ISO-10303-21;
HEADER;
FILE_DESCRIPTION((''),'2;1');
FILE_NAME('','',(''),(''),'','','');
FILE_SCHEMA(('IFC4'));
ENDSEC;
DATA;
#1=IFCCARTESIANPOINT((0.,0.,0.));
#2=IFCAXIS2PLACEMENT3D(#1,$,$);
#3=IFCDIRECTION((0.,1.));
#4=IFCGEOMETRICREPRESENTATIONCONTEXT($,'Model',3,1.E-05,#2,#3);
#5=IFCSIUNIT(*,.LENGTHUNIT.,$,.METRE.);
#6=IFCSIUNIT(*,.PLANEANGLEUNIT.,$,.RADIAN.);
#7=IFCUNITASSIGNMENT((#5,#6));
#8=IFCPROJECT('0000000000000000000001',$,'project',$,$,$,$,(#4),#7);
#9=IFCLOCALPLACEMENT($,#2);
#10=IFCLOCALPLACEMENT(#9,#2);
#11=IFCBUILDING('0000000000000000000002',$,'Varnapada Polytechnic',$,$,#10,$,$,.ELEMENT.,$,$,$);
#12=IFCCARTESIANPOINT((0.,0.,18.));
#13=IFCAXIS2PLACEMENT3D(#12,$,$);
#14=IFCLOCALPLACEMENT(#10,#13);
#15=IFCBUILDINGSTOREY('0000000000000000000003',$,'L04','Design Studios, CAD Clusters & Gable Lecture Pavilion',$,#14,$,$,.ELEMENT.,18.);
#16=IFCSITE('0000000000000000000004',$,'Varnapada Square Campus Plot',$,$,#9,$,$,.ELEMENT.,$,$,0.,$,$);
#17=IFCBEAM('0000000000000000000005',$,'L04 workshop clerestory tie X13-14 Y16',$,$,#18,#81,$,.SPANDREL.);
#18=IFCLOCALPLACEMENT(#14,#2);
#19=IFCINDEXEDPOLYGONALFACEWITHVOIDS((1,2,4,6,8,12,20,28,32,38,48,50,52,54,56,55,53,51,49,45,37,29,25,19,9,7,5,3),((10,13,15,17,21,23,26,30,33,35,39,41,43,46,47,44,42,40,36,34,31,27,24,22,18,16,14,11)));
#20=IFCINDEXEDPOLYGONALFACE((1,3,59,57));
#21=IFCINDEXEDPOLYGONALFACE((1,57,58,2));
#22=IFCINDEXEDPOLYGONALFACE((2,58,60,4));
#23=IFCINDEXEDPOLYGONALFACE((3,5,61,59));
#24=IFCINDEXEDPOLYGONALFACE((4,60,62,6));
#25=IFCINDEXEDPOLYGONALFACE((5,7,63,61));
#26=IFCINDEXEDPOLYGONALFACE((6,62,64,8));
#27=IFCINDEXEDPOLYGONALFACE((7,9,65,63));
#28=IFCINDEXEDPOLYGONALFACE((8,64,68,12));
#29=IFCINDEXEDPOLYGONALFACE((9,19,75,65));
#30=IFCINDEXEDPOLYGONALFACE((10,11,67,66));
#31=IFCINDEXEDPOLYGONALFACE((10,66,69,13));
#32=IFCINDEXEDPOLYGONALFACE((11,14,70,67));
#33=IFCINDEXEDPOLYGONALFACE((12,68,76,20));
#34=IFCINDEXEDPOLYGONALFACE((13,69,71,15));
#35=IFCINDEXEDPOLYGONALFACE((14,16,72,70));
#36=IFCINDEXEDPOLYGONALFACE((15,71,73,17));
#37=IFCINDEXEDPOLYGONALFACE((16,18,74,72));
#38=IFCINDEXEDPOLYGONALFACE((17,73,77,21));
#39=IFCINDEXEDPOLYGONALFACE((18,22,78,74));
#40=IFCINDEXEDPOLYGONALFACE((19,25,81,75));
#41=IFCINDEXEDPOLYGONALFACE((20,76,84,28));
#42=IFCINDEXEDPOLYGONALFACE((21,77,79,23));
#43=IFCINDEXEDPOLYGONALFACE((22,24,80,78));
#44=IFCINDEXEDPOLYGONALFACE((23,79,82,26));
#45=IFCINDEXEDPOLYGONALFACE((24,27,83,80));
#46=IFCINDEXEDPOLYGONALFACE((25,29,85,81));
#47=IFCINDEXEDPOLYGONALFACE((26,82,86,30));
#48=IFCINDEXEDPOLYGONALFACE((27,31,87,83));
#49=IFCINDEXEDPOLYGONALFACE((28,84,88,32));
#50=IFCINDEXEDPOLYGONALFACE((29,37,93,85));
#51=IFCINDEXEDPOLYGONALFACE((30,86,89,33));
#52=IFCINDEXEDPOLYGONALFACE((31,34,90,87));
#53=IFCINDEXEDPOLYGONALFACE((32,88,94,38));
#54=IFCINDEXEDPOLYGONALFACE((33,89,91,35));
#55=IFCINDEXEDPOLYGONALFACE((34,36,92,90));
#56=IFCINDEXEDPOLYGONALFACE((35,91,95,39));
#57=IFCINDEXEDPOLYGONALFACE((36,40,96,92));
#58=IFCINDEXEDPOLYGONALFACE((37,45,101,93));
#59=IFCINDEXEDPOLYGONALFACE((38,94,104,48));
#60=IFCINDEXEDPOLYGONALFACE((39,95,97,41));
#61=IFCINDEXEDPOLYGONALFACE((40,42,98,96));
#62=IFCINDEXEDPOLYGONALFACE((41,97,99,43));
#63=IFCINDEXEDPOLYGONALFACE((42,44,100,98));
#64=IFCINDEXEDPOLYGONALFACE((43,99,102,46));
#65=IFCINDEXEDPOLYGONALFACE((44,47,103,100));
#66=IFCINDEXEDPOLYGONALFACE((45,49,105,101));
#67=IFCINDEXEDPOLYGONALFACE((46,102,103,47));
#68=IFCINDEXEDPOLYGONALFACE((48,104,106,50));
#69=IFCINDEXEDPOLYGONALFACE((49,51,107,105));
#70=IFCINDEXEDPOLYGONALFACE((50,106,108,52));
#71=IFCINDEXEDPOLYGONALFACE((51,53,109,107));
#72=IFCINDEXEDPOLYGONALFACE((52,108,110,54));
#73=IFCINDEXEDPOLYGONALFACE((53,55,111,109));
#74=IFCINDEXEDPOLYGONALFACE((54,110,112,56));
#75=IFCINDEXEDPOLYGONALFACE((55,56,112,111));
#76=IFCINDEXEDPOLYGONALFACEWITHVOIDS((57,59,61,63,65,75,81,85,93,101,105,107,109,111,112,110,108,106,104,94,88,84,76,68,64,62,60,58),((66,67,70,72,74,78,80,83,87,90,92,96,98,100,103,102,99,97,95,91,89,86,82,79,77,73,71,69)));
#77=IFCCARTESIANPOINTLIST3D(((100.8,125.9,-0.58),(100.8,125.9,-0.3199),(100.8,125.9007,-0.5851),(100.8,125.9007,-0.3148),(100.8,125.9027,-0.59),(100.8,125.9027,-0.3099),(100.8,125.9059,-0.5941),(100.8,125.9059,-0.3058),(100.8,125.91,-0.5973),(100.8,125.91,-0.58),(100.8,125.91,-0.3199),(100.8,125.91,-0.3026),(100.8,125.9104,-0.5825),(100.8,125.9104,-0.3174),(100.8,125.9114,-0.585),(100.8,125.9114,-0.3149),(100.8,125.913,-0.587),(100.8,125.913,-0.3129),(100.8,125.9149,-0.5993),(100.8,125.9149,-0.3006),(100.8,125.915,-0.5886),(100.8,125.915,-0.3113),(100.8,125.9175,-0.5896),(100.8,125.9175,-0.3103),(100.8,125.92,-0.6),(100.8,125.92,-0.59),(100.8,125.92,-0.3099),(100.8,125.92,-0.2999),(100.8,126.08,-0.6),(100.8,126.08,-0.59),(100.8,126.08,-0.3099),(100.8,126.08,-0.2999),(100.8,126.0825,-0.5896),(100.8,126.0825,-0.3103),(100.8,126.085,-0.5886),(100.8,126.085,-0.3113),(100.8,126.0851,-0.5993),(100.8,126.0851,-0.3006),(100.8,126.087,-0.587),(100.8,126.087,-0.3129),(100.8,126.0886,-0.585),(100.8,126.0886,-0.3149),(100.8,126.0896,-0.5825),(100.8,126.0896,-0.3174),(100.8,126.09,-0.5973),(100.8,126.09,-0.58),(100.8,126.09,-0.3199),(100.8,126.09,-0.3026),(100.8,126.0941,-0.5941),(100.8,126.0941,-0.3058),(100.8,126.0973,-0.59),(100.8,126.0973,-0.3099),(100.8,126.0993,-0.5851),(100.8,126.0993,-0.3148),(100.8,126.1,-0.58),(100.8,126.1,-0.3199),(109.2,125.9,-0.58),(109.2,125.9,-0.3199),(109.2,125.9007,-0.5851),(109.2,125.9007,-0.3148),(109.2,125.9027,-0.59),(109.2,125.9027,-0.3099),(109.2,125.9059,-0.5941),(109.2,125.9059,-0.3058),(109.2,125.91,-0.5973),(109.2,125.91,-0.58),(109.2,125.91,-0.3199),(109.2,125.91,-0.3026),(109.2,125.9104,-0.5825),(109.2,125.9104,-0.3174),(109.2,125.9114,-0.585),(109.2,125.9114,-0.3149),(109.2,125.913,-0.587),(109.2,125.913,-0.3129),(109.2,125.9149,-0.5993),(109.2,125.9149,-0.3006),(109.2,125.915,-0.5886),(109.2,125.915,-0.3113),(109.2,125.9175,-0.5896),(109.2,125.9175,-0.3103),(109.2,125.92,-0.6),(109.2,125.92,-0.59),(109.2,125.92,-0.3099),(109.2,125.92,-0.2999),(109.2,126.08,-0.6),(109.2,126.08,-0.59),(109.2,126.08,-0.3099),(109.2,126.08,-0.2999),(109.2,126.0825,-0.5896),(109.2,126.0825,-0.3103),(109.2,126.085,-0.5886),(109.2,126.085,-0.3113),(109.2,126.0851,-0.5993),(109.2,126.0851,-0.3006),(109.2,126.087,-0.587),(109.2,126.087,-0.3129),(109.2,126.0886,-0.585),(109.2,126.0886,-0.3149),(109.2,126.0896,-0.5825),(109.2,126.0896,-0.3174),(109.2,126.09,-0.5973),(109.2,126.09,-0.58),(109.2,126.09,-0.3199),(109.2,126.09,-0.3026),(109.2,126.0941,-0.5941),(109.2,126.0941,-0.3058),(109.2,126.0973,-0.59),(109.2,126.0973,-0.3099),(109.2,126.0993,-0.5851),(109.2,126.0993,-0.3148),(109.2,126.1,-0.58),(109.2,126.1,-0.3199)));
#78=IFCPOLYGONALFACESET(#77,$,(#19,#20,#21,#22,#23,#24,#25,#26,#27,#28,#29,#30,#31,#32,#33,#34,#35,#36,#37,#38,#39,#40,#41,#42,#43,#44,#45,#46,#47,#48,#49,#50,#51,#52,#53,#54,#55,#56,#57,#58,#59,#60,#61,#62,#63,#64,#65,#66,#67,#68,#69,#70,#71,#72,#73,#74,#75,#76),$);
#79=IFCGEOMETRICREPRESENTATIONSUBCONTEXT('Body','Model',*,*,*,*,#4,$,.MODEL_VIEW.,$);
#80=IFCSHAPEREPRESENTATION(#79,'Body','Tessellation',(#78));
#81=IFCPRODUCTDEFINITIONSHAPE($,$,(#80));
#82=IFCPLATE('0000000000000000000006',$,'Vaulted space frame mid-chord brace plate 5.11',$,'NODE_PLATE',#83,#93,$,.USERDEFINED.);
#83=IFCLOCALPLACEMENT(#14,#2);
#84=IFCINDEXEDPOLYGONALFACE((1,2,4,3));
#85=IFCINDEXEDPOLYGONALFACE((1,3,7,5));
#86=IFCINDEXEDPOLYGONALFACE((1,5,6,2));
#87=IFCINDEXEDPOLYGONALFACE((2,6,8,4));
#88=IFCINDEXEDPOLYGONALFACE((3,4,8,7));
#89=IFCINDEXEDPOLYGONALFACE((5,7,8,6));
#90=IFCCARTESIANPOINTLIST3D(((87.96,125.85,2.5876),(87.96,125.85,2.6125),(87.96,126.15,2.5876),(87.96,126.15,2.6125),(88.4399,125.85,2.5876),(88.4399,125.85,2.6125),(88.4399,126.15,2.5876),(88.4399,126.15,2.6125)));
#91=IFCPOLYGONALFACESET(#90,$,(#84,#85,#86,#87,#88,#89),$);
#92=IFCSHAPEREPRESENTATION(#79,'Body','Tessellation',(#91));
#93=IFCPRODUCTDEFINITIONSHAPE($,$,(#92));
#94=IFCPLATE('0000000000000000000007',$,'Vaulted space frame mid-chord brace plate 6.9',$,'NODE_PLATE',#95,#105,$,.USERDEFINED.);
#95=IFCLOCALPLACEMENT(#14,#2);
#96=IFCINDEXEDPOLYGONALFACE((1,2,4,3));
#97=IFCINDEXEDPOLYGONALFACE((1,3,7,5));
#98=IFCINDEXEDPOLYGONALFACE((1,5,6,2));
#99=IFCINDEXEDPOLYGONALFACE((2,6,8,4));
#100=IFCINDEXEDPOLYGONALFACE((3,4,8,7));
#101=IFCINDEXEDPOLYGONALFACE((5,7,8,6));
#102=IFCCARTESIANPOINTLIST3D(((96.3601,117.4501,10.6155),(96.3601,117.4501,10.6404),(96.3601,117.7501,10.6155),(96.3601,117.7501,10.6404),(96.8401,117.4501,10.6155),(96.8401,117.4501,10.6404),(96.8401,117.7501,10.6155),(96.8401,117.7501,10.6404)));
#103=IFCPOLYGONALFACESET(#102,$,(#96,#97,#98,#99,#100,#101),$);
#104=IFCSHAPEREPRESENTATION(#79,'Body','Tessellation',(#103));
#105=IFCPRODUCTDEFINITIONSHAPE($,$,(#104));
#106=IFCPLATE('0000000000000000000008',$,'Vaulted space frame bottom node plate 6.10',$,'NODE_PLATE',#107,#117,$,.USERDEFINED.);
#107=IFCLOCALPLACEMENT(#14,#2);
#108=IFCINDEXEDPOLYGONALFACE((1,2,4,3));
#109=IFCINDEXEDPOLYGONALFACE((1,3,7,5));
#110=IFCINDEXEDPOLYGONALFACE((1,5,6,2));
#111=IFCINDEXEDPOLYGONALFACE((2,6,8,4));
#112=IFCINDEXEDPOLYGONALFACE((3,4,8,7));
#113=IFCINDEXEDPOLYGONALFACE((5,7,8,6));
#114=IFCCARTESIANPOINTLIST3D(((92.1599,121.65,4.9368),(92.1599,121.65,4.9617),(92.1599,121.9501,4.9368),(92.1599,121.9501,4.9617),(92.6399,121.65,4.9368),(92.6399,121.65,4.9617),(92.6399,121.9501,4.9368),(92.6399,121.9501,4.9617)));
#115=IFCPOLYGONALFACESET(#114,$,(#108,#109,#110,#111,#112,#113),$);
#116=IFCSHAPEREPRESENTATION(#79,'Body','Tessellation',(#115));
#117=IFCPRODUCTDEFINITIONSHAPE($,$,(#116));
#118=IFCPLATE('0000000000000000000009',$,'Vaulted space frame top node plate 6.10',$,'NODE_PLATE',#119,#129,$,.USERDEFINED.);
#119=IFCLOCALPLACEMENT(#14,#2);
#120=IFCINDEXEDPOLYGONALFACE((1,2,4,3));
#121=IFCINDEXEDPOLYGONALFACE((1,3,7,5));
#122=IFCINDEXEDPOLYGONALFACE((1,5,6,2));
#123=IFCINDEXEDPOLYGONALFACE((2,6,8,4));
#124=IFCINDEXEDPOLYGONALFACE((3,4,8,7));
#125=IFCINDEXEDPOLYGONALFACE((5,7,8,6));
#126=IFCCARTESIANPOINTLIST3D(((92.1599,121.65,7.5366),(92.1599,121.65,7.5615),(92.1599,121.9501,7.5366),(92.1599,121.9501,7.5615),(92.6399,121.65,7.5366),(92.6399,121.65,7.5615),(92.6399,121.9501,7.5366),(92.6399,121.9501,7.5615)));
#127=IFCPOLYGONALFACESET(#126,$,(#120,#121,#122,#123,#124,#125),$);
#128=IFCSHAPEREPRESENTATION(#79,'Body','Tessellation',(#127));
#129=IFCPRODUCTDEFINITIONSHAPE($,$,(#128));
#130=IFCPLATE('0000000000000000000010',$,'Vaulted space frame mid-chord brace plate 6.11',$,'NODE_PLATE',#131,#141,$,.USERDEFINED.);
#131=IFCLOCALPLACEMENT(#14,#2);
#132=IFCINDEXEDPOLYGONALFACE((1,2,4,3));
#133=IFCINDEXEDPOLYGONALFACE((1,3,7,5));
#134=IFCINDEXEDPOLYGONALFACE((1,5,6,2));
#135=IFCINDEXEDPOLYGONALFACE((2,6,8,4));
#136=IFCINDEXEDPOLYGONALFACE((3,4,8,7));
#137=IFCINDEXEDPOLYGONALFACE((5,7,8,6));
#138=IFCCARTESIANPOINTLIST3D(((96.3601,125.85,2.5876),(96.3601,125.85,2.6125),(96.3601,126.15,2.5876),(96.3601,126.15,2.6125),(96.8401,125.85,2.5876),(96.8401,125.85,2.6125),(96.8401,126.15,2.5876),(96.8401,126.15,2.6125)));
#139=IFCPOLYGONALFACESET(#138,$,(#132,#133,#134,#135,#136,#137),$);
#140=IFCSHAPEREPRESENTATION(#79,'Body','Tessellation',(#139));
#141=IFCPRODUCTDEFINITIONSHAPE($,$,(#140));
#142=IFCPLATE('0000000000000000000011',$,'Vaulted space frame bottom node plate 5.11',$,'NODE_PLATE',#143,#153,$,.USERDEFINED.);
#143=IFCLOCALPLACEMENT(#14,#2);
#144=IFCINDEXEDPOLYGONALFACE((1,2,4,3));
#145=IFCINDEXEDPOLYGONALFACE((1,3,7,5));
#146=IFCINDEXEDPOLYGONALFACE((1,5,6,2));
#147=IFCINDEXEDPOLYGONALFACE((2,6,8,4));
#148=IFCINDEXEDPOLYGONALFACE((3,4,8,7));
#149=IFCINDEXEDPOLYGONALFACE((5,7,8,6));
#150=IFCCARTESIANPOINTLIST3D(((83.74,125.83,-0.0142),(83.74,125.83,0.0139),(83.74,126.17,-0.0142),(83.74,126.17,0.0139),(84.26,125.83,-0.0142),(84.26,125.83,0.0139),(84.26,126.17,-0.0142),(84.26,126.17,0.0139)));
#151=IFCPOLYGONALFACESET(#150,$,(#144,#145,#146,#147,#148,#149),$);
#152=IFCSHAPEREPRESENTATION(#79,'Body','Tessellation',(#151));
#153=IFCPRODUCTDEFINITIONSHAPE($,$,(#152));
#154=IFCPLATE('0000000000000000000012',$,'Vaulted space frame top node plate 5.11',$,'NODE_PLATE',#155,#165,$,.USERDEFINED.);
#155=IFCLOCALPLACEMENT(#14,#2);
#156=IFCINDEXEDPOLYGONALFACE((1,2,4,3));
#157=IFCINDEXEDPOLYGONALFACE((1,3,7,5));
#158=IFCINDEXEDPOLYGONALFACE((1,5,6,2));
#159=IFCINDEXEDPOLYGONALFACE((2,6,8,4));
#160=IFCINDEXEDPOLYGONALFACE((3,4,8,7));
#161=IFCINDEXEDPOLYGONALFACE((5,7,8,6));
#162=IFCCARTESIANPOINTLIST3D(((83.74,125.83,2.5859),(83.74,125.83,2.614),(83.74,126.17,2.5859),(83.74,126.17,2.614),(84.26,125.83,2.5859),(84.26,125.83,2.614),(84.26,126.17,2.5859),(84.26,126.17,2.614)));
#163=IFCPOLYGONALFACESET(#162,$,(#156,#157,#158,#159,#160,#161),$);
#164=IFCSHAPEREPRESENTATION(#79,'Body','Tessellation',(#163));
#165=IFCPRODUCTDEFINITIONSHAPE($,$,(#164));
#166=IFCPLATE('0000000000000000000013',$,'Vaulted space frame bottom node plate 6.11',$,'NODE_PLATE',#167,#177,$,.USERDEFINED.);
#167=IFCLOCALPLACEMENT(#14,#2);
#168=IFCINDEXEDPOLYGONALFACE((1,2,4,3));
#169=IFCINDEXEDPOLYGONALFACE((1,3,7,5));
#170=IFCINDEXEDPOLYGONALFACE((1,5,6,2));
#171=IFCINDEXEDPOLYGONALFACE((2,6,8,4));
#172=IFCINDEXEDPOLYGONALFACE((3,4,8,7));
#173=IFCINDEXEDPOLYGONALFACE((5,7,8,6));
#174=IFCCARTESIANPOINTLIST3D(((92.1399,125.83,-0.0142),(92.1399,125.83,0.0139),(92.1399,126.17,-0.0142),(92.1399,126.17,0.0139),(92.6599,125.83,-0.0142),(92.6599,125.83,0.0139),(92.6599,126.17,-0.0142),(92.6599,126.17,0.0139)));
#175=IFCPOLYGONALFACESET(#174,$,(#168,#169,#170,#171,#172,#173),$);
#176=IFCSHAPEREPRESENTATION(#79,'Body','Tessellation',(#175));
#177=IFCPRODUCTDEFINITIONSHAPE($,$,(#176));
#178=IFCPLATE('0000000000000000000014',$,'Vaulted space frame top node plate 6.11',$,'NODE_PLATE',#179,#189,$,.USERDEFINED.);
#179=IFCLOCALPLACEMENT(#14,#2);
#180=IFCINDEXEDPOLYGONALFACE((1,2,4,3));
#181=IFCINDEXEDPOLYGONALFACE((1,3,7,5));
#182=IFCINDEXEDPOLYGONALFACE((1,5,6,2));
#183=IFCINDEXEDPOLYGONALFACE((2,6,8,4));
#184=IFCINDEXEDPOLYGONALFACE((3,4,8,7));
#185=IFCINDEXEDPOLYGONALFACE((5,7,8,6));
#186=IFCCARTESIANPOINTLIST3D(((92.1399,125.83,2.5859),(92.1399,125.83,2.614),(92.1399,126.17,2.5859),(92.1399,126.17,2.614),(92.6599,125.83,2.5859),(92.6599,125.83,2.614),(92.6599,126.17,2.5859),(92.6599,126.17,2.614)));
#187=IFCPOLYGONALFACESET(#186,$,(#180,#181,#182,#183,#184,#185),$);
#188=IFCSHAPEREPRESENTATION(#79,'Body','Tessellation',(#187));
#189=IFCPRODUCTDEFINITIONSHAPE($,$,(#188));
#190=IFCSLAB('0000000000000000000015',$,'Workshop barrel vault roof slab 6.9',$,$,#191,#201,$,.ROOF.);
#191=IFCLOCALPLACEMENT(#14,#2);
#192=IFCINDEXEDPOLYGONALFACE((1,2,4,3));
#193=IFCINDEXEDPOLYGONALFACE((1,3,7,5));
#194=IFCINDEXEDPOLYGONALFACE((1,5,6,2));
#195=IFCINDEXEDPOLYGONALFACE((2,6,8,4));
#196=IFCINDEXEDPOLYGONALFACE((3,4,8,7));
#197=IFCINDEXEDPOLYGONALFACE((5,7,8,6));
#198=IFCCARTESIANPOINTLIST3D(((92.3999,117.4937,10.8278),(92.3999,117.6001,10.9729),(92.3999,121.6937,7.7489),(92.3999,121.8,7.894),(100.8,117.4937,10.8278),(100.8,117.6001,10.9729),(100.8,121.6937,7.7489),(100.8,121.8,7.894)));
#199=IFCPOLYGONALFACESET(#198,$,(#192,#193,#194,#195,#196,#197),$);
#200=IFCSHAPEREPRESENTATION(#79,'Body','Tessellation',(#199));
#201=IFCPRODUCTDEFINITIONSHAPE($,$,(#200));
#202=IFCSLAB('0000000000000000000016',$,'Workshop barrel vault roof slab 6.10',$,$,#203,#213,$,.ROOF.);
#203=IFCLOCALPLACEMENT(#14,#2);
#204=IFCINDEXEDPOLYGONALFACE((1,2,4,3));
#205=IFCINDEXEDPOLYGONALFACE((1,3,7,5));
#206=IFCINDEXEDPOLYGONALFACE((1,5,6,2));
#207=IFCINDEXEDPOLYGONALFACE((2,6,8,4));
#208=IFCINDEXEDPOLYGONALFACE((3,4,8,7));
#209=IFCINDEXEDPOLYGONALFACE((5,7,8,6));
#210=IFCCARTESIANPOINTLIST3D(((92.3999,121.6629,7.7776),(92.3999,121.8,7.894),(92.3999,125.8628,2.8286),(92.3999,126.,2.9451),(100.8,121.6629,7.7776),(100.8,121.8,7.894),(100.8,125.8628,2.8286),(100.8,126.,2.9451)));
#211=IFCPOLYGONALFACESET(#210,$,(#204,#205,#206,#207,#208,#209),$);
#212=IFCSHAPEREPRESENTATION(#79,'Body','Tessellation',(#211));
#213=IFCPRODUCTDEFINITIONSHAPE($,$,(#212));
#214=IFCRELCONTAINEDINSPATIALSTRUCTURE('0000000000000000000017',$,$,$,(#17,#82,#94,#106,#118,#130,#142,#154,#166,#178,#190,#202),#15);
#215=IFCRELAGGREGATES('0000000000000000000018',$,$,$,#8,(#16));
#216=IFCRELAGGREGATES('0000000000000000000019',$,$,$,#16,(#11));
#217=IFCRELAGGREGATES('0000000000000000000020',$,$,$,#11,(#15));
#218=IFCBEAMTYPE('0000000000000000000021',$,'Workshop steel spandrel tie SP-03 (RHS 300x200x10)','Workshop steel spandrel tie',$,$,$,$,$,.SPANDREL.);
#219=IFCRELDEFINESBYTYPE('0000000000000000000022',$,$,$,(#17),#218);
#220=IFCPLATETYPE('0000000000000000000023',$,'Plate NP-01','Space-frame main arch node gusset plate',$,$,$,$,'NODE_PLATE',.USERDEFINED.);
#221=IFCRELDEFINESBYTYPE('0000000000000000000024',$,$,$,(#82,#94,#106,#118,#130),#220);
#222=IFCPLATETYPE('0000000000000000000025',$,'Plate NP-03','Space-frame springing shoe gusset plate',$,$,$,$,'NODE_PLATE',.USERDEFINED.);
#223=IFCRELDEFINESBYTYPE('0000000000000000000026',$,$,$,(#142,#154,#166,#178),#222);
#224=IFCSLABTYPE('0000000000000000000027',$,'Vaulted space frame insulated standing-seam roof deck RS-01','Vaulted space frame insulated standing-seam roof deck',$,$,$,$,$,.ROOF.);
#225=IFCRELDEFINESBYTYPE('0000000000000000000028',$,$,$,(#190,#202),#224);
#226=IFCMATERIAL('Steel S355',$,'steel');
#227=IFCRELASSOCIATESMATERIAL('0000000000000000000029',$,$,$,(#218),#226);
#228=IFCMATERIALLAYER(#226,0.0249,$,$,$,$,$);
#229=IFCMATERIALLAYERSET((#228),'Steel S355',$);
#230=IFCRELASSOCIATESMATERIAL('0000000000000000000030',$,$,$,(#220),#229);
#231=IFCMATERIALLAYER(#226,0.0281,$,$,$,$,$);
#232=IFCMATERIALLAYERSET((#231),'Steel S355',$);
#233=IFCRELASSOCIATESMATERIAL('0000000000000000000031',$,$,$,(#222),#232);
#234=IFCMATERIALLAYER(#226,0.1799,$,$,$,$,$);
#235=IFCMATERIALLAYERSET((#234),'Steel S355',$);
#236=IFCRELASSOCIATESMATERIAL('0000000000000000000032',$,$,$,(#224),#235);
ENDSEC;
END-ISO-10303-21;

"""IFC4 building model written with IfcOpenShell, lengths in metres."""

from ifc_helpers import new_model, si_unit, direction, frame, origin, origin_2d, place, context, subcontext, project, spatial, polyline, rectangle, hollow_rectangle, outline, extrude, material, layer, layer_set, material_profile, profile_set, type_object, element, save


model = new_model("IFC4")

# Units and contexts
model_context = context("Model", 3, precision=1e-05, world=origin(), true_north=direction((0.0, 1.0)))
body_context = subcontext(model_context, "Body", "Model", "MODEL_VIEW")
ifc_project = project(units=[si_unit("LENGTHUNIT", "METRE"), si_unit("PLANEANGLEUNIT", "RADIAN")], contexts=[model_context])

# Site, building, storey
site_placement = place(None, origin())
site = spatial("IfcSite", under=ifc_project, at=site_placement, Name="Varnapada Square Campus Plot", CompositionType="ELEMENT", RefElevation=0.0)
building_placement = place(site_placement, origin())
building = spatial("IfcBuilding", under=site, at=building_placement, Name="Varnapada Polytechnic", CompositionType="ELEMENT")
storey_placement = place(building_placement, frame((0.0, 0.0, 18.0)))
storey = spatial("IfcBuildingStorey", under=building, at=storey_placement, Name="L04", Description="Design Studios, CAD Clusters & Gable Lecture Pavilion", CompositionType="ELEMENT", Elevation=18.0)

# Shared definitions
ifc_material = material(Name="Steel S355", Category="steel")

# Beam
ifc_material_profile_1 = material_profile(ifc_material, hollow_rectangle(XDim=0.2, YDim=0.3, WallThickness=0.01, InnerFilletRadius=0.01, OuterFilletRadius=0.02, at=origin_2d()), Name="RHS 300x200x10")
ifc_profile_set_1 = profile_set([ifc_material_profile_1], Name="Steel S355")
beam_type_1 = type_object("IfcBeamType", Name="Workshop steel spandrel tie SP-03 (RHS 300x200x10)", Description="Workshop steel spandrel tie", PredefinedType="SPANDREL", material=ifc_profile_set_1)
beam_1_placement = place(storey_placement, frame((100.8, 126.0, -0.45), z_axis=(1.0, 0.0, 0.0), x_axis=(0.0, 1.0, 0.0)))
element("IfcBeam", 1, at=beam_1_placement, inside=storey, type_object=beam_type_1, Name="L04 workshop clerestory tie X13-14 Y16", PredefinedType="SPANDREL", context=body_context, shape_type="SweptSolid", body=[
    extrude(hollow_rectangle(XDim=0.2, YDim=0.3, WallThickness=0.01, InnerFilletRadius=0.01, OuterFilletRadius=0.02, at=origin_2d()), origin(), (0.0, 0.0, 1.0), 8.3999),
])

# Plates
ifc_layer_1 = layer(ifc_material, 0.0249)
ifc_layer_set_1 = layer_set([ifc_layer_1], Name="Steel S355")
plate_type_1 = type_object("IfcPlateType", Name="Plate NP-01", Description="Space-frame main arch node gusset plate", ElementType="NODE_PLATE", PredefinedType="USERDEFINED", material=ifc_layer_set_1)
for number, where, z_axis, x_axis, name in (
    (2, (88.2, 126.0, 2.5876), (0.0, 0.0, 1.0), (1.0, 0.0, 0.0), "Vaulted space frame mid-chord brace plate 5.11"),
    (3, (96.6001, 117.6001, 10.6155), (0.0, 0.0, 1.0), (1.0, 0.0, 0.0), "Vaulted space frame mid-chord brace plate 6.9"),
    (4, (92.3999, 121.8, 4.9368), (0.0, 0.0, 1.0), (1.0, 0.0, 0.0), "Vaulted space frame bottom node plate 6.10"),
    (5, (92.3999, 121.8, 7.5366), (0.0, 0.0, 1.0), (1.0, 0.0, 0.0), "Vaulted space frame top node plate 6.10"),
    (6, (96.6001, 126.0, 2.5876), (0.0, 0.0, 1.0), (1.0, 0.0, 0.0), "Vaulted space frame mid-chord brace plate 6.11"),
):
    element("IfcPlate", number, at=place(storey_placement, frame(where, z_axis=z_axis, x_axis=x_axis)), inside=storey, type_object=plate_type_1, Name=name, ObjectType="NODE_PLATE", PredefinedType="USERDEFINED", context=body_context, shape_type="SweptSolid", body=[
        extrude(rectangle(XDim=0.48, YDim=0.3, at=origin_2d()), origin(), (0.0, 0.0, 1.0), 0.0249),
    ])
ifc_layer_2 = layer(ifc_material, 0.0281)
ifc_layer_set_2 = layer_set([ifc_layer_2], Name="Steel S355")
plate_type_2 = type_object("IfcPlateType", Name="Plate NP-03", Description="Space-frame springing shoe gusset plate", ElementType="NODE_PLATE", PredefinedType="USERDEFINED", material=ifc_layer_set_2)
for number, where, z_axis, x_axis, name in (
    (7, (84.0, 126.0, -0.0142), (0.0, 0.0, 1.0), (1.0, 0.0, 0.0), "Vaulted space frame bottom node plate 5.11"),
    (8, (84.0, 126.0, 2.5859), (0.0, 0.0, 1.0), (1.0, 0.0, 0.0), "Vaulted space frame top node plate 5.11"),
    (9, (92.3999, 126.0, -0.0142), (0.0, 0.0, 1.0), (1.0, 0.0, 0.0), "Vaulted space frame bottom node plate 6.11"),
    (10, (92.3999, 126.0, 2.5859), (0.0, 0.0, 1.0), (1.0, 0.0, 0.0), "Vaulted space frame top node plate 6.11"),
):
    element("IfcPlate", number, at=place(storey_placement, frame(where, z_axis=z_axis, x_axis=x_axis)), inside=storey, type_object=plate_type_2, Name=name, ObjectType="NODE_PLATE", PredefinedType="USERDEFINED", context=body_context, shape_type="SweptSolid", body=[
        extrude(rectangle(XDim=0.52, YDim=0.3401, at=origin_2d()), origin(), (0.0, 0.0, 1.0), 0.0281),
    ])

# Slabs
ifc_layer_3 = layer(ifc_material, 0.1799)
ifc_layer_set_3 = layer_set([ifc_layer_3], Name="Steel S355")
slab_type = type_object("IfcSlabType", Name="Vaulted space frame insulated standing-seam roof deck RS-01", Description="Vaulted space frame insulated standing-seam roof deck", PredefinedType="ROOF", material=ifc_layer_set_3)
slab_1_placement = place(storey_placement, frame((92.3999, 117.6001, 10.9729), z_axis=(0.0, 0.591225, 0.806506), x_axis=(1.0, 0.0, 0.0)))
element("IfcSlab", 11, at=slab_1_placement, inside=storey, type_object=slab_type, Name="Workshop barrel vault roof slab 6.9", PredefinedType="ROOF", context=body_context, shape_type="SweptSolid", body=[
    extrude(outline(polyline([(0.0, 0.0), (8.4001, 0.0), (8.4001, 5.2076), (0.0, 5.2076), (0.0, 0.0)])), origin(), (0.0, 0.0, -1.0), 0.1799),
])
slab_2_placement = place(storey_placement, frame((92.3999, 121.8, 7.894), z_axis=(0.0, 0.762447, 0.647051), x_axis=(1.0, 0.0, 0.0)))
element("IfcSlab", 12, at=slab_2_placement, inside=storey, type_object=slab_type, Name="Workshop barrel vault roof slab 6.10", PredefinedType="ROOF", context=body_context, shape_type="SweptSolid", body=[
    extrude(outline(polyline([(0.0, 0.0), (8.4001, 0.0), (8.4001, 6.4909), (0.0, 6.4909), (0.0, 0.0)])), origin(), (0.0, 0.0, -1.0), 0.1799),
])

save(model, "model.ifc")
